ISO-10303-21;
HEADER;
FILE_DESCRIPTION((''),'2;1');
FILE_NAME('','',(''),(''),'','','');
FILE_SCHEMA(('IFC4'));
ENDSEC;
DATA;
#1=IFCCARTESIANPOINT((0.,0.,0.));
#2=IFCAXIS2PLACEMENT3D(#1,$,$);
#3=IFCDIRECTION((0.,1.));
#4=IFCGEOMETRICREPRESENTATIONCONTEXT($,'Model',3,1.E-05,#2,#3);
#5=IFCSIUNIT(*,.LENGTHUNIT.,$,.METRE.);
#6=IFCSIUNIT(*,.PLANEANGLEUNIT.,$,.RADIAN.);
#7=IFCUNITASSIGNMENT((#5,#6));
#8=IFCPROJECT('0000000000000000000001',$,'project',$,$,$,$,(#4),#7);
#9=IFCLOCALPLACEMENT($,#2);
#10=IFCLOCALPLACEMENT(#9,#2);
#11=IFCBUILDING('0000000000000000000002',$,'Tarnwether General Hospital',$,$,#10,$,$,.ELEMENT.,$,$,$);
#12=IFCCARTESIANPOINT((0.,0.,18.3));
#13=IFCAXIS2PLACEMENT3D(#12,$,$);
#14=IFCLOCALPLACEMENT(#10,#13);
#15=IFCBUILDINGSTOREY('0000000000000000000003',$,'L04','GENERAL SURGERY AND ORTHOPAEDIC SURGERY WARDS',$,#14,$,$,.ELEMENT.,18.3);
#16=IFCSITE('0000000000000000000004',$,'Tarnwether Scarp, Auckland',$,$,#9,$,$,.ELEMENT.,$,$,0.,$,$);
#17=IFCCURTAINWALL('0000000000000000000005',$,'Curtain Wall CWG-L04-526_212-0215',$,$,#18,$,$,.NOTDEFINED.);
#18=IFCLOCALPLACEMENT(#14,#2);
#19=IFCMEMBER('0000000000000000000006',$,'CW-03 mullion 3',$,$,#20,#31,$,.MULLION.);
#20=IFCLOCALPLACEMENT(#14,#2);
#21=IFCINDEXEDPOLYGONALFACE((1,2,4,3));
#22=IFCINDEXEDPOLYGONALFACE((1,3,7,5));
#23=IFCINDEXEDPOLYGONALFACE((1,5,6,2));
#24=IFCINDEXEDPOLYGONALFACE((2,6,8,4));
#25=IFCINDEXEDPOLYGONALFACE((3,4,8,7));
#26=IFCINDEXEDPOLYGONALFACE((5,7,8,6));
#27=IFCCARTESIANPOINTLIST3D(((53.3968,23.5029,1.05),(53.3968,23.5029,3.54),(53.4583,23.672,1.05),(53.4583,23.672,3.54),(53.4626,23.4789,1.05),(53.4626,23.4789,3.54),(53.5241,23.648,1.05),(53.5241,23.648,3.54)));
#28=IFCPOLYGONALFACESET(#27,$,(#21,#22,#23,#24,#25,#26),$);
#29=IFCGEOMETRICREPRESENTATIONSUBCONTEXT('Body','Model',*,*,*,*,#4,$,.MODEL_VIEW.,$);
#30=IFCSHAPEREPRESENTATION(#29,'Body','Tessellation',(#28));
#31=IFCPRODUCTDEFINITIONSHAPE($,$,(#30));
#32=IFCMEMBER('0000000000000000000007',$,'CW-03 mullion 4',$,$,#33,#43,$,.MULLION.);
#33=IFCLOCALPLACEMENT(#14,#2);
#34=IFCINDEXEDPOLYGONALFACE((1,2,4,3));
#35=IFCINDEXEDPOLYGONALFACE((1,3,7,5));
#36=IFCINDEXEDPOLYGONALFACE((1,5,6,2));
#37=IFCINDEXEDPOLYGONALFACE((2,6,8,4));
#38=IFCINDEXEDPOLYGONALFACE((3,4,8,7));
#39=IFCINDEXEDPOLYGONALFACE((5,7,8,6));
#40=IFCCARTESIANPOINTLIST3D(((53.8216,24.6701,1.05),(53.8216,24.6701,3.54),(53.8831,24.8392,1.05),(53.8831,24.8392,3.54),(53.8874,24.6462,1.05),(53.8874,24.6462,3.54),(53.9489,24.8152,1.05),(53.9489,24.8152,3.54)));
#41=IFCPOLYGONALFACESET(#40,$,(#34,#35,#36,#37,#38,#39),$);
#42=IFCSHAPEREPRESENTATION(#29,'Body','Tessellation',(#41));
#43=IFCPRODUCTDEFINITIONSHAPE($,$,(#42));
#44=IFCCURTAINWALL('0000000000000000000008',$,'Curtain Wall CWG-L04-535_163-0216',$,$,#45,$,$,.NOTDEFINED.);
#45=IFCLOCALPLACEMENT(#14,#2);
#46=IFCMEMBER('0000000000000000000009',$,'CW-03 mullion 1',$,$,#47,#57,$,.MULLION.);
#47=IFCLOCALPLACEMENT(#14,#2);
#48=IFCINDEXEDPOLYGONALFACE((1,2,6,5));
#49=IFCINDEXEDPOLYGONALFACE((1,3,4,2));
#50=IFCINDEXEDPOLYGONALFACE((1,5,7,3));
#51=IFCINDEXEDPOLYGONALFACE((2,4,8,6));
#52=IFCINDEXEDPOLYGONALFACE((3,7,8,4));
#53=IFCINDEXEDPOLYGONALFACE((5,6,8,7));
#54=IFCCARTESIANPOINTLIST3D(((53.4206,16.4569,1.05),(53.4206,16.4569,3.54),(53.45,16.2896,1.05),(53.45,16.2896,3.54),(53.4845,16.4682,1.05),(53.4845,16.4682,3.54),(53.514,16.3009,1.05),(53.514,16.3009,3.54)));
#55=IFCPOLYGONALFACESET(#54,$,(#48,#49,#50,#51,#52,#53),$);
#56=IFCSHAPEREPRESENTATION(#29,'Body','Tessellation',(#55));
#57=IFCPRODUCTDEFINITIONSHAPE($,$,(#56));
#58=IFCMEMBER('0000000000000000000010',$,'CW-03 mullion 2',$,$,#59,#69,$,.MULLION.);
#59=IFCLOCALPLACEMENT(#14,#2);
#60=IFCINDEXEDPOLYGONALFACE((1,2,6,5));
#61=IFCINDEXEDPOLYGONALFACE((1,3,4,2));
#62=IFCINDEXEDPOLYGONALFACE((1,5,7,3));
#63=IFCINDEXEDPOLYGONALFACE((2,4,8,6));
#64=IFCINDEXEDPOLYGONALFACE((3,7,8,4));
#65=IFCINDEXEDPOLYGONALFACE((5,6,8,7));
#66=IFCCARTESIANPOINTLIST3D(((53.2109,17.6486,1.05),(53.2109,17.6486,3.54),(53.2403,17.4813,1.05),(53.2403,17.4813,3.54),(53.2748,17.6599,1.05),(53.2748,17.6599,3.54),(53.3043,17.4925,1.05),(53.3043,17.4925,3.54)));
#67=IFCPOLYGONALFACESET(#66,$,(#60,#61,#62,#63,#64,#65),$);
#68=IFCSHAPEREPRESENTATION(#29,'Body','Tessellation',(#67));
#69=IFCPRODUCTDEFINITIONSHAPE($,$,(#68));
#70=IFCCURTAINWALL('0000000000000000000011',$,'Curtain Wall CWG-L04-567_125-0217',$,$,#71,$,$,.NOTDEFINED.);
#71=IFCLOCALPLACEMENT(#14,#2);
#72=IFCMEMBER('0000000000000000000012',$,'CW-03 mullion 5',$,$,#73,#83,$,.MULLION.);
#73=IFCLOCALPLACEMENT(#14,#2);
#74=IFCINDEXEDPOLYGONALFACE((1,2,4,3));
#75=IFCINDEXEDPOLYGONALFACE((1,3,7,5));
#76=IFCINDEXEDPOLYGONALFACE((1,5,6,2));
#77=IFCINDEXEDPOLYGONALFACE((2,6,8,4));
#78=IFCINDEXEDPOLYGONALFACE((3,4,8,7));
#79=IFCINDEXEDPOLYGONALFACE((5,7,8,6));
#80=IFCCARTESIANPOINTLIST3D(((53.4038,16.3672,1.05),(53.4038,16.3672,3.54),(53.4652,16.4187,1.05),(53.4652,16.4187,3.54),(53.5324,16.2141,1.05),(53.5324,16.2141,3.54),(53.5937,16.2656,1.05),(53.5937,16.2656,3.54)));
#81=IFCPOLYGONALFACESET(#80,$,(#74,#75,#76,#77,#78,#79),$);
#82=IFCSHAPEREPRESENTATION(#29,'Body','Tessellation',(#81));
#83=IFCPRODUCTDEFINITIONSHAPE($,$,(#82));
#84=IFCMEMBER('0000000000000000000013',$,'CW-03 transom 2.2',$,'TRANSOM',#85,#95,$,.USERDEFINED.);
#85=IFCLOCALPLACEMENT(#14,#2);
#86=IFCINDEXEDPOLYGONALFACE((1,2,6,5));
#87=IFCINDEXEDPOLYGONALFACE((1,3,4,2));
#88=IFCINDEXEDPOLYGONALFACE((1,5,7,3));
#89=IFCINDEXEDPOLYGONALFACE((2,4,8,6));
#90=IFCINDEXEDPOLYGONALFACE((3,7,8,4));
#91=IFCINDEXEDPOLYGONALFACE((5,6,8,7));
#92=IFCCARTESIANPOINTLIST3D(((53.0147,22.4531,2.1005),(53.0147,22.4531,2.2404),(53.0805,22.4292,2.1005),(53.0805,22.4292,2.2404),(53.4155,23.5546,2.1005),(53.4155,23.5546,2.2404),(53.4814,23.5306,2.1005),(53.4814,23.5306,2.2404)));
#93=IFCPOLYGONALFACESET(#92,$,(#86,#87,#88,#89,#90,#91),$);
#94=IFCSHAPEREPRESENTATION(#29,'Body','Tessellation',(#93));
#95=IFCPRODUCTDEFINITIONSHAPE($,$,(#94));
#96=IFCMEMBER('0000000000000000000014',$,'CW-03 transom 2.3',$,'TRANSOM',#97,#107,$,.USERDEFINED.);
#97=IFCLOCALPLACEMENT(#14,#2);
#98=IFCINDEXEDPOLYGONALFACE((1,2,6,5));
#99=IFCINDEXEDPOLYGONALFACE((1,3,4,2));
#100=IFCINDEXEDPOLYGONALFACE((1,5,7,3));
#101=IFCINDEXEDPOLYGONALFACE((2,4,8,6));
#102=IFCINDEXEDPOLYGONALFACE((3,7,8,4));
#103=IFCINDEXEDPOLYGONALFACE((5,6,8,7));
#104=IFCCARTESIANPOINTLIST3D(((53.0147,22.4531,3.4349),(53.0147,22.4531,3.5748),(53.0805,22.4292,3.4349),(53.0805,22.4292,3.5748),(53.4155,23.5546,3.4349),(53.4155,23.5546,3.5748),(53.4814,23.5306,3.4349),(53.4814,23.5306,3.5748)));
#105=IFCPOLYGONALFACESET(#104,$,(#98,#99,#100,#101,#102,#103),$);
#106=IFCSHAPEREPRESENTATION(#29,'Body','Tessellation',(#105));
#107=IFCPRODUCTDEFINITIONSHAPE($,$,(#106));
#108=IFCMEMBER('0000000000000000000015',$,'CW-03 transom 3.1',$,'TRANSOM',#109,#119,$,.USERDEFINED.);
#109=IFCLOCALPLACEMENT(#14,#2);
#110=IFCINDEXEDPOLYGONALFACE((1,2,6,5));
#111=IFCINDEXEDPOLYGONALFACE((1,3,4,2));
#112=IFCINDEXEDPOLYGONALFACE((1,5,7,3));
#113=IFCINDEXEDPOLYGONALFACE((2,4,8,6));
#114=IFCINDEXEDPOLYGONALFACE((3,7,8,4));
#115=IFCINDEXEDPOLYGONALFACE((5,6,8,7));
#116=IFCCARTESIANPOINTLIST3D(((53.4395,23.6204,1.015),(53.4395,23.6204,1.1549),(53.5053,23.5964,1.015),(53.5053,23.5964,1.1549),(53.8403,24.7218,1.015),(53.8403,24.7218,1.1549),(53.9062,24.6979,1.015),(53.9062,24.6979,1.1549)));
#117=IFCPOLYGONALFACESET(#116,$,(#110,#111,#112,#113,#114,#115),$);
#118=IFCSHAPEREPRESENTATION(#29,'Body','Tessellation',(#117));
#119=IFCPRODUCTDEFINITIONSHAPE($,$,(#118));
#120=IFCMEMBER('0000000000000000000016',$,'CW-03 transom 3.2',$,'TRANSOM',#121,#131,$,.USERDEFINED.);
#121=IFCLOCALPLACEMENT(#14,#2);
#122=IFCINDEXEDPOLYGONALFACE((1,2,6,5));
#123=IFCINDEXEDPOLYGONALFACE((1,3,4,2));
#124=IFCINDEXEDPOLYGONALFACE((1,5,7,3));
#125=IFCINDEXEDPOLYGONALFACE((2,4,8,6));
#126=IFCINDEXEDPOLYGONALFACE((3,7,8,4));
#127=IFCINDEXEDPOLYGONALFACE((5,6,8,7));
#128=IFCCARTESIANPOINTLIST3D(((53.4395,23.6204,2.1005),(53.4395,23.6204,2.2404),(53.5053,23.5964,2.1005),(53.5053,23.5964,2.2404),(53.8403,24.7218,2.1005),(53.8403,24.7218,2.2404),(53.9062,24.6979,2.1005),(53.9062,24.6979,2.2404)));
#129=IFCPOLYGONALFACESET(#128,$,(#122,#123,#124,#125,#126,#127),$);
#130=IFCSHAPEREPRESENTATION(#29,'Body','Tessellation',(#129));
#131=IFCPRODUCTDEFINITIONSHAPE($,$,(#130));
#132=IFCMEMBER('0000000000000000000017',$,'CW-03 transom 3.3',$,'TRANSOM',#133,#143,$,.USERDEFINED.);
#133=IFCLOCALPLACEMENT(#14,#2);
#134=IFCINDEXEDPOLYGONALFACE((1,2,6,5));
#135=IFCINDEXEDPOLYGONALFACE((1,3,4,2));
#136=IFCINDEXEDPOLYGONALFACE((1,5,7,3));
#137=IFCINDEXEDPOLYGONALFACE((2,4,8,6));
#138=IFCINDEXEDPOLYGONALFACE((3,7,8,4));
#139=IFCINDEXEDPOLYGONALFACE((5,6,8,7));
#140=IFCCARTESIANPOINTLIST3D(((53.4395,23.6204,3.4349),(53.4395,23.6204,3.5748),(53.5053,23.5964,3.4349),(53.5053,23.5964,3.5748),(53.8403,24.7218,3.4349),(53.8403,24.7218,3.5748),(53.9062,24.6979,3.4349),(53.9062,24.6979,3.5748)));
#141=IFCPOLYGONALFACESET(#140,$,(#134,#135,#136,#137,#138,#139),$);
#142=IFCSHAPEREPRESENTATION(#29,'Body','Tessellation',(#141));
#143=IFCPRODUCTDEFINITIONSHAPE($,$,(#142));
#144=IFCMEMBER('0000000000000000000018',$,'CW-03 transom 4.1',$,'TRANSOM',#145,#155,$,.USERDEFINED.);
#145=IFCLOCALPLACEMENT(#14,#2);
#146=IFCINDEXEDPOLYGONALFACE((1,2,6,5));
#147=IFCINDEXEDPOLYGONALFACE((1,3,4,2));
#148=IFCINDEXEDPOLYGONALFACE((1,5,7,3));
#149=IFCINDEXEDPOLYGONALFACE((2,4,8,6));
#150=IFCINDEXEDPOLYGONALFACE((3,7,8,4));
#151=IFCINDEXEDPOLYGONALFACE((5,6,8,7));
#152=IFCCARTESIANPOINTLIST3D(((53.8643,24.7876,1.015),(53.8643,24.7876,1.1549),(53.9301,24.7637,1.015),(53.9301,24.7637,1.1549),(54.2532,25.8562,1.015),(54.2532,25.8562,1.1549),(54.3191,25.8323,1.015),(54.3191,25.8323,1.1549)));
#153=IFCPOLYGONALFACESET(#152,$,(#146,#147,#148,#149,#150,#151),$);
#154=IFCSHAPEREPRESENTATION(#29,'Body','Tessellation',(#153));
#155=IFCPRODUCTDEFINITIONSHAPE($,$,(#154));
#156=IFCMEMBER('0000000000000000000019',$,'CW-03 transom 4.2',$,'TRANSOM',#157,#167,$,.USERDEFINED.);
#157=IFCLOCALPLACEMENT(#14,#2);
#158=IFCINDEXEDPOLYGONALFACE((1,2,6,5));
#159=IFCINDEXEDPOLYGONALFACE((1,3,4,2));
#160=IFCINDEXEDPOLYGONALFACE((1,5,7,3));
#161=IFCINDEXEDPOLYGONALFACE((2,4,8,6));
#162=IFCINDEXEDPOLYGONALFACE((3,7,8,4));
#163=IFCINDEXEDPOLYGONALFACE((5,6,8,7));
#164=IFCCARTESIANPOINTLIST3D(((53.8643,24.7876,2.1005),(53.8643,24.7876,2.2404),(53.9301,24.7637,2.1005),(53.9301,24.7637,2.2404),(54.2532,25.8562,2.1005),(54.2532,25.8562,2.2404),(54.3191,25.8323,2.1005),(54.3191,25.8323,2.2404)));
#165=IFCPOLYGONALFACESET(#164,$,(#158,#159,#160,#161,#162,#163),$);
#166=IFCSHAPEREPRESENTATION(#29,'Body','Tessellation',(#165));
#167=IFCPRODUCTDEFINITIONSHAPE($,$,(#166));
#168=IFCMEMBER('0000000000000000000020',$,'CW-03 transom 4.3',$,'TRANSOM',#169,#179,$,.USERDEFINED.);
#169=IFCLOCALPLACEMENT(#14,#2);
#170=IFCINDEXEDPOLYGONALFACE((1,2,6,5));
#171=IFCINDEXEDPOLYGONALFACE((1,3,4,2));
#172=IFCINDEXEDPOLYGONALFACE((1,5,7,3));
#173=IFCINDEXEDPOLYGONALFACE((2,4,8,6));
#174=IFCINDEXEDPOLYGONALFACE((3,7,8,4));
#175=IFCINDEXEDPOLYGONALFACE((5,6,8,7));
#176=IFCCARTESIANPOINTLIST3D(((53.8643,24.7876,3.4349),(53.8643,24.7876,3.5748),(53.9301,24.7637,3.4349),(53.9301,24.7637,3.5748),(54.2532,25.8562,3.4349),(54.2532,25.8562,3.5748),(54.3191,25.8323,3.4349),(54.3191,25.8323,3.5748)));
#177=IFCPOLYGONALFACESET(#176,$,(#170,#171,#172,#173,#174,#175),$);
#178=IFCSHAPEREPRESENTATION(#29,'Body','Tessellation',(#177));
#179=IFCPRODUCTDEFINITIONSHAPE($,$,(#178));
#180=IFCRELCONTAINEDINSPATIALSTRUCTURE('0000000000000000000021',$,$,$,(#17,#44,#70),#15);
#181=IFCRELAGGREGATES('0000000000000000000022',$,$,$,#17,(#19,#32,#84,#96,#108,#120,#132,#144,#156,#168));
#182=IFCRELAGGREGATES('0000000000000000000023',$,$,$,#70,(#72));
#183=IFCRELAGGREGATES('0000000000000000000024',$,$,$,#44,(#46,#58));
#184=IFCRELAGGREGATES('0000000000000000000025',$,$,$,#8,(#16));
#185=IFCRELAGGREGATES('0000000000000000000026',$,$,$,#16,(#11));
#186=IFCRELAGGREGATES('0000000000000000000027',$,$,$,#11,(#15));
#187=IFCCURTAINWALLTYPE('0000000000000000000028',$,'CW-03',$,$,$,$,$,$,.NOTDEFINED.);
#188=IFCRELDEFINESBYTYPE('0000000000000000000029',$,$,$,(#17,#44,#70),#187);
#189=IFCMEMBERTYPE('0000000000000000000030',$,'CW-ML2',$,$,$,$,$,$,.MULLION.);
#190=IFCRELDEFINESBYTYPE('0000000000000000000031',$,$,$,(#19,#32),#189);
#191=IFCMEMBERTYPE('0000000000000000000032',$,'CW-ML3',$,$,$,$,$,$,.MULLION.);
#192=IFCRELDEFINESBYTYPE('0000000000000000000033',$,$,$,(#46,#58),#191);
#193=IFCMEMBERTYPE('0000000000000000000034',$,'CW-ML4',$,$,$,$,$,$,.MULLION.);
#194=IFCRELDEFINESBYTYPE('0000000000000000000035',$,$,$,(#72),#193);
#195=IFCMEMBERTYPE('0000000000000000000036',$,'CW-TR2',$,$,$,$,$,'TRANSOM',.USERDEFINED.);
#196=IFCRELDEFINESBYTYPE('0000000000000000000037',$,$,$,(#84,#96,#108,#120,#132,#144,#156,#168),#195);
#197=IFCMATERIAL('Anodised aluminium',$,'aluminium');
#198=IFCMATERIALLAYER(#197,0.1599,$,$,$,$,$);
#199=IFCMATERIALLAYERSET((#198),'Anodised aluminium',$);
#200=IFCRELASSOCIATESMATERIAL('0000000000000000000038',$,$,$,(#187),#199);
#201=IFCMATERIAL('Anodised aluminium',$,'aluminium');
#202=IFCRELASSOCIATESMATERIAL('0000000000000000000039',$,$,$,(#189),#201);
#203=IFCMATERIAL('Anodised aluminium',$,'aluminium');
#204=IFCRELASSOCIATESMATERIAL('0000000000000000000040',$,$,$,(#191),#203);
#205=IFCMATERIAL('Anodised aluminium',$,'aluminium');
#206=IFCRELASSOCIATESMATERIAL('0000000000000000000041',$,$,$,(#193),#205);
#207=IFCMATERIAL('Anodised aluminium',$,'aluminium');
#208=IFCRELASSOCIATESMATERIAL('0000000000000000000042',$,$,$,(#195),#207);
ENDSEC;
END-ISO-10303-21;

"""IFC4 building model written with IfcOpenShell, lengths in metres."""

from ifc_helpers import new_model, si_unit, direction, frame, origin, origin_2d, place, context, subcontext, project, spatial, rectangle, extrude, material, layer, layer_set, material_profile, profile_set, type_object, element, aggregate, save


model = new_model("IFC4")

# Units and contexts
model_context = context("Model", 3, precision=1e-05, world=origin(), true_north=direction((0.0, 1.0)))
body_context = subcontext(model_context, "Body", "Model", "MODEL_VIEW")
ifc_project = project(units=[si_unit("LENGTHUNIT", "METRE"), si_unit("PLANEANGLEUNIT", "RADIAN")], contexts=[model_context])

# Site, building, storey
site_placement = place(None, origin())
site = spatial("IfcSite", under=ifc_project, at=site_placement, Name="Tarnwether Scarp, Auckland", CompositionType="ELEMENT", RefElevation=0.0)
building_placement = place(site_placement, origin())
building = spatial("IfcBuilding", under=site, at=building_placement, Name="Tarnwether General Hospital", CompositionType="ELEMENT")
storey_placement = place(building_placement, frame((0.0, 0.0, 18.3)))
storey = spatial("IfcBuildingStorey", under=building, at=storey_placement, Name="L04", Description="GENERAL SURGERY AND ORTHOPAEDIC SURGERY WARDS", CompositionType="ELEMENT", Elevation=18.3)

# Curtain walls, members
ifc_material_1 = material(Name="Anodised aluminium", Category="aluminium")
ifc_layer_1 = layer(ifc_material_1, 0.1599)
ifc_layer_set_1 = layer_set([ifc_layer_1], Name="Anodised aluminium")
curtain_wall_type = type_object("IfcCurtainWallType", Name="CW-03", PredefinedType="NOTDEFINED", material=ifc_layer_set_1)
curtain_wall_1_placement = place(storey_placement, origin())
curtain_wall_1 = element("IfcCurtainWall", 1, at=curtain_wall_1_placement, inside=storey, type_object=curtain_wall_type, Name="Curtain Wall CWG-L04-526_212-0215", PredefinedType="NOTDEFINED")
ifc_material_2 = material(Name="Anodised aluminium", Category="aluminium")
ifc_material_profile_1 = material_profile(ifc_material_2, rectangle(XDim=0.0701, YDim=0.1799, at=origin_2d()), Name="ALU-MUL-70x180")
ifc_profile_set_1 = profile_set([ifc_material_profile_1], Name="Anodised aluminium")
member_type_1 = type_object("IfcMemberType", Name="CW-ML2", PredefinedType="MULLION", material=ifc_profile_set_1)
member_1_placement = place(storey_placement, frame((53.4604, 23.5754, 1.05), z_axis=(0.0, 0.0, 1.0), x_axis=(-0.939717, 0.341953, 0.0)))
member_1 = element("IfcMember", 2, at=member_1_placement, type_object=member_type_1, Name="CW-03 mullion 3", PredefinedType="MULLION", context=body_context, shape_type="SweptSolid", body=[
    extrude(rectangle(XDim=0.0701, YDim=0.1799, at=origin_2d()), origin(), (0.0, 0.0, 1.0), 2.49),
])
member_2_placement = place(storey_placement, frame((53.8853, 24.7427, 1.05), z_axis=(0.0, 0.0, 1.0), x_axis=(-0.939717, 0.341953, 0.0)))
member_2 = element("IfcMember", 3, at=member_2_placement, type_object=member_type_1, Name="CW-03 mullion 4", PredefinedType="MULLION", context=body_context, shape_type="SweptSolid", body=[
    extrude(rectangle(XDim=0.0701, YDim=0.1799, at=origin_2d()), origin(), (0.0, 0.0, 1.0), 2.49),
])
curtain_wall_2_placement = place(storey_placement, origin())
curtain_wall_2 = element("IfcCurtainWall", 4, at=curtain_wall_2_placement, inside=storey, type_object=curtain_wall_type, Name="Curtain Wall CWG-L04-535_163-0216", PredefinedType="NOTDEFINED")
ifc_material_3 = material(Name="Anodised aluminium", Category="aluminium")
ifc_material_profile_2 = material_profile(ifc_material_3, rectangle(XDim=0.0649, YDim=0.1699, at=origin_2d()), Name="ALU-MUL-65x170")
ifc_profile_set_2 = profile_set([ifc_material_profile_2], Name="Anodised aluminium")
member_type_2 = type_object("IfcMemberType", Name="CW-ML3", PredefinedType="MULLION", material=ifc_profile_set_2)
member_3_placement = place(storey_placement, frame((53.4673, 16.3789, 1.05), z_axis=(0.0, 0.0, 1.0), x_axis=(-0.98484, -0.173464, 0.0)))
member_3 = element("IfcMember", 5, at=member_3_placement, type_object=member_type_2, Name="CW-03 mullion 1", PredefinedType="MULLION", context=body_context, shape_type="SweptSolid", body=[
    extrude(rectangle(XDim=0.0649, YDim=0.1699, at=origin_2d()), origin(), (0.0, 0.0, 1.0), 2.49),
])
member_4_placement = place(storey_placement, frame((53.2576, 17.5706, 1.05), z_axis=(0.0, 0.0, 1.0), x_axis=(-0.98484, -0.173464, 0.0)))
member_4 = element("IfcMember", 6, at=member_4_placement, type_object=member_type_2, Name="CW-03 mullion 2", PredefinedType="MULLION", context=body_context, shape_type="SweptSolid", body=[
    extrude(rectangle(XDim=0.0649, YDim=0.1699, at=origin_2d()), origin(), (0.0, 0.0, 1.0), 2.49),
])

# Curtain wall, member
curtain_wall_3_placement = place(storey_placement, origin())
curtain_wall_3 = element("IfcCurtainWall", 7, at=curtain_wall_3_placement, inside=storey, type_object=curtain_wall_type, Name="Curtain Wall CWG-L04-567_125-0217", PredefinedType="NOTDEFINED")
ifc_material_4 = material(Name="Anodised aluminium", Category="aluminium")
ifc_material_profile_3 = material_profile(ifc_material_4, rectangle(XDim=0.0801, YDim=0.2, at=origin_2d()), Name="ALU-MUL-80x200")
ifc_profile_set_3 = profile_set([ifc_material_profile_3], Name="Anodised aluminium")
member_type_3 = type_object("IfcMemberType", Name="CW-ML4", PredefinedType="MULLION", material=ifc_profile_set_3)
member_5_placement = place(storey_placement, frame((53.4988, 16.3164, 1.05), z_axis=(0.0, 0.0, 1.0), x_axis=(-0.76599, -0.642852, 0.0)))
member_5 = element("IfcMember", 8, at=member_5_placement, type_object=member_type_3, Name="CW-03 mullion 5", PredefinedType="MULLION", context=body_context, shape_type="SweptSolid", body=[
    extrude(rectangle(XDim=0.0801, YDim=0.2, at=origin_2d()), origin(), (0.0, 0.0, 1.0), 2.49),
])

# Members
ifc_material_5 = material(Name="Anodised aluminium", Category="aluminium")
ifc_material_profile_4 = material_profile(ifc_material_5, rectangle(XDim=0.0701, YDim=0.1399, at=origin_2d()), Name="ALU-TRN-70x140")
ifc_profile_set_4 = profile_set([ifc_material_profile_4], Name="Anodised aluminium")
member_type_4 = type_object("IfcMemberType", Name="CW-TR2", ElementType="TRANSOM", PredefinedType="USERDEFINED", material=ifc_profile_set_4)
member_6_placement = place(storey_placement, frame((53.0476, 22.4412, 2.1704), z_axis=(0.341977, 0.939708, 0.0), x_axis=(-0.939708, 0.341977, 0.0)))
member_6 = element("IfcMember", 9, at=member_6_placement, type_object=member_type_4, Name="CW-03 transom 2.2", ObjectType="TRANSOM", PredefinedType="USERDEFINED", context=body_context, shape_type="SweptSolid", body=[
    extrude(rectangle(XDim=0.0701, YDim=0.1399, at=origin_2d()), origin(), (0.0, 0.0, 1.0), 1.1721),
])
member_7_placement = place(storey_placement, frame((53.0476, 22.4412, 3.5049), z_axis=(0.341977, 0.939708, 0.0), x_axis=(-0.939708, 0.341977, 0.0)))
member_7 = element("IfcMember", 10, at=member_7_placement, type_object=member_type_4, Name="CW-03 transom 2.3", ObjectType="TRANSOM", PredefinedType="USERDEFINED", context=body_context, shape_type="SweptSolid", body=[
    extrude(rectangle(XDim=0.0701, YDim=0.1399, at=origin_2d()), origin(), (0.0, 0.0, 1.0), 1.1721),
])
member_8_placement = place(storey_placement, frame((53.4724, 23.6084, 1.085), z_axis=(0.341977, 0.939708, 0.0), x_axis=(-0.939708, 0.341977, 0.0)))
member_8 = element("IfcMember", 11, at=member_8_placement, type_object=member_type_4, Name="CW-03 transom 3.1", ObjectType="TRANSOM", PredefinedType="USERDEFINED", context=body_context, shape_type="SweptSolid", body=[
    extrude(rectangle(XDim=0.0701, YDim=0.1399, at=origin_2d()), origin(), (0.0, 0.0, 1.0), 1.1721),
])
member_9_placement = place(storey_placement, frame((53.4724, 23.6084, 2.1704), z_axis=(0.341977, 0.939708, 0.0), x_axis=(-0.939708, 0.341977, 0.0)))
member_9 = element("IfcMember", 12, at=member_9_placement, type_object=member_type_4, Name="CW-03 transom 3.2", ObjectType="TRANSOM", PredefinedType="USERDEFINED", context=body_context, shape_type="SweptSolid", body=[
    extrude(rectangle(XDim=0.0701, YDim=0.1399, at=origin_2d()), origin(), (0.0, 0.0, 1.0), 1.1721),
])
member_10_placement = place(storey_placement, frame((53.4724, 23.6084, 3.5049), z_axis=(0.341977, 0.939708, 0.0), x_axis=(-0.939708, 0.341977, 0.0)))
member_10 = element("IfcMember", 13, at=member_10_placement, type_object=member_type_4, Name="CW-03 transom 3.3", ObjectType="TRANSOM", PredefinedType="USERDEFINED", context=body_context, shape_type="SweptSolid", body=[
    extrude(rectangle(XDim=0.0701, YDim=0.1399, at=origin_2d()), origin(), (0.0, 0.0, 1.0), 1.1721),
])
member_11_placement = place(storey_placement, frame((53.8972, 24.7756, 1.085), z_axis=(0.342002, 0.939699, 0.0), x_axis=(-0.939699, 0.342002, 0.0)))
member_11 = element("IfcMember", 14, at=member_11_placement, type_object=member_type_4, Name="CW-03 transom 4.1", ObjectType="TRANSOM", PredefinedType="USERDEFINED", context=body_context, shape_type="SweptSolid", body=[
    extrude(rectangle(XDim=0.0701, YDim=0.1399, at=origin_2d()), origin(), (0.0, 0.0, 1.0), 1.1372),
])
member_12_placement = place(storey_placement, frame((53.8972, 24.7756, 2.1704), z_axis=(0.342002, 0.939699, 0.0), x_axis=(-0.939699, 0.342002, 0.0)))
member_12 = element("IfcMember", 15, at=member_12_placement, type_object=member_type_4, Name="CW-03 transom 4.2", ObjectType="TRANSOM", PredefinedType="USERDEFINED", context=body_context, shape_type="SweptSolid", body=[
    extrude(rectangle(XDim=0.0701, YDim=0.1399, at=origin_2d()), origin(), (0.0, 0.0, 1.0), 1.1372),
])
member_13_placement = place(storey_placement, frame((53.8972, 24.7756, 3.5049), z_axis=(0.342002, 0.939699, 0.0), x_axis=(-0.939699, 0.342002, 0.0)))
member_13 = element("IfcMember", 16, at=member_13_placement, type_object=member_type_4, Name="CW-03 transom 4.3", ObjectType="TRANSOM", PredefinedType="USERDEFINED", context=body_context, shape_type="SweptSolid", body=[
    extrude(rectangle(XDim=0.0701, YDim=0.1399, at=origin_2d()), origin(), (0.0, 0.0, 1.0), 1.1372),
])

aggregate(curtain_wall_1, [member_1, member_2, member_6, member_7, member_8, member_9, member_10, member_11, member_12, member_13])
aggregate(curtain_wall_3, [member_5])
aggregate(curtain_wall_2, [member_3, member_4])

save(model, "model.ifc")
